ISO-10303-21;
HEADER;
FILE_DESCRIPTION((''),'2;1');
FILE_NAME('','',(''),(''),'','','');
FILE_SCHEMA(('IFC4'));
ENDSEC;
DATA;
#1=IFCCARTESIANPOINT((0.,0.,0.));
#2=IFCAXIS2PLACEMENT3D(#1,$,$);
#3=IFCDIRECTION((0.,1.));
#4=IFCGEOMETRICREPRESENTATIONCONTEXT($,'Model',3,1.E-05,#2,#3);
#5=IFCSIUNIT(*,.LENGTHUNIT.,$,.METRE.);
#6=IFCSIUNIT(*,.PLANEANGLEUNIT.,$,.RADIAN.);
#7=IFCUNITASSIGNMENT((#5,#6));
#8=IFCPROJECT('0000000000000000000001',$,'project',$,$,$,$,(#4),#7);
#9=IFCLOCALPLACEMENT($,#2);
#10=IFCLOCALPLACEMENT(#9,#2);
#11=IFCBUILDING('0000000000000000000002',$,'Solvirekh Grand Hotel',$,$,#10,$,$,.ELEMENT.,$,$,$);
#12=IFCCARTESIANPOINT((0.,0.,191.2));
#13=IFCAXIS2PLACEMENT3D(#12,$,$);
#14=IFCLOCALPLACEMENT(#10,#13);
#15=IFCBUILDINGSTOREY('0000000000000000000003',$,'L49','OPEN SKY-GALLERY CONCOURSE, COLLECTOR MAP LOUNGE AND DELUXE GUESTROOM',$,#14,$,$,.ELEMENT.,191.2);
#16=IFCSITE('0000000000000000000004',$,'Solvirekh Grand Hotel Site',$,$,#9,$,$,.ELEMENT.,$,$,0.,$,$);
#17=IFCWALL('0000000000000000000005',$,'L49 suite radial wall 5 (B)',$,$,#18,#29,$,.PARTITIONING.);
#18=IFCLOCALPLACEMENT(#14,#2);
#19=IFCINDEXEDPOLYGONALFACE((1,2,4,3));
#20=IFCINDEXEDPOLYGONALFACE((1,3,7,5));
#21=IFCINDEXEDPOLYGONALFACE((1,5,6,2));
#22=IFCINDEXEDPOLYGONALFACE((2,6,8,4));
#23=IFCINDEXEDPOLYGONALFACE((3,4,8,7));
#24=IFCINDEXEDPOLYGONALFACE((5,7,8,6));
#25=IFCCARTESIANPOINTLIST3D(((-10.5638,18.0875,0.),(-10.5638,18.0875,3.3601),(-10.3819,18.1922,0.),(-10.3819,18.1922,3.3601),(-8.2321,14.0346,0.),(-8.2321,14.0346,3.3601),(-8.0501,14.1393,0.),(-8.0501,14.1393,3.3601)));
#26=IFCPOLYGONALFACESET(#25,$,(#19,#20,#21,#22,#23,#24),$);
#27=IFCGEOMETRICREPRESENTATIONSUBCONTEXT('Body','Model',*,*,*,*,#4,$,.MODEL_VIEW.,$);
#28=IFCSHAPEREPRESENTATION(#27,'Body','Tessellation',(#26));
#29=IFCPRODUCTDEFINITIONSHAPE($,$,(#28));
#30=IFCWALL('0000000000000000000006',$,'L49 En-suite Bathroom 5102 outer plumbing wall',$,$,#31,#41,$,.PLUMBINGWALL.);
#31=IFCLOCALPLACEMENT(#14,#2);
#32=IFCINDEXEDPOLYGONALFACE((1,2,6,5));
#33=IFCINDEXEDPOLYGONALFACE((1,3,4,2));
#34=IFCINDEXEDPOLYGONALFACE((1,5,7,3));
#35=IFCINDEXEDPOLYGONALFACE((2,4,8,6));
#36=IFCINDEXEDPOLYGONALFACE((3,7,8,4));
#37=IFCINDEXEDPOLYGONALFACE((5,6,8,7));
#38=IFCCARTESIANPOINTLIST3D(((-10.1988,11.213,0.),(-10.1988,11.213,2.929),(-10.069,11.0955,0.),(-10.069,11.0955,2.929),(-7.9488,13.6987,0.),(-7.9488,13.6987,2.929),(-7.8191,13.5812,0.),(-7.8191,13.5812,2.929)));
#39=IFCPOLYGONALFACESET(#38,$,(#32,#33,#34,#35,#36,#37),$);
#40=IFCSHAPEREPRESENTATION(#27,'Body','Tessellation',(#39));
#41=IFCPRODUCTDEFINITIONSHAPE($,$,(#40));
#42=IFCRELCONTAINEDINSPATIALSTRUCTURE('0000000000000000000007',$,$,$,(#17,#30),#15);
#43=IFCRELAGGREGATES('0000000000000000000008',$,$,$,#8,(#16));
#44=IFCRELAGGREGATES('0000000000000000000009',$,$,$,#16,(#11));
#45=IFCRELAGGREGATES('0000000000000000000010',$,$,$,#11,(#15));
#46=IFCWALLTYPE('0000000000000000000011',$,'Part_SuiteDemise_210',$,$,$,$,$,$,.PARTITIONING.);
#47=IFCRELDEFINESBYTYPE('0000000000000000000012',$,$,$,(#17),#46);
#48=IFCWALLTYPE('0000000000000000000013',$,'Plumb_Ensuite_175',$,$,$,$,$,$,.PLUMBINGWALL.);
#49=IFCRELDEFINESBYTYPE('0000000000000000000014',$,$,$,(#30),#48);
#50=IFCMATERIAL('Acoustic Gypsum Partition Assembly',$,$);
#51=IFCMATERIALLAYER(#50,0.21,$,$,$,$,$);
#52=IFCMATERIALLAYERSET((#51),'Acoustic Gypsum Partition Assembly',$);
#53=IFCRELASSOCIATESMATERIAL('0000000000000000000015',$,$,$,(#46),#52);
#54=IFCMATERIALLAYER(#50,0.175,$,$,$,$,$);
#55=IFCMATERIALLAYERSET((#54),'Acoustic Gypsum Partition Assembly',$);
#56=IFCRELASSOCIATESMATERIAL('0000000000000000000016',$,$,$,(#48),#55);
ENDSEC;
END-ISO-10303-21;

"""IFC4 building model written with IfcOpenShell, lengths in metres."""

from ifc_helpers import new_model, si_unit, direction, frame, frame_2d, origin, place, context, subcontext, project, spatial, rectangle, extrude, material, layer, layer_set, type_object, element, save


model = new_model("IFC4")

# Units and contexts
model_context = context("Model", 3, precision=1e-05, world=origin(), true_north=direction((0.0, 1.0)))
body_context = subcontext(model_context, "Body", "Model", "MODEL_VIEW")
ifc_project = project(units=[si_unit("LENGTHUNIT", "METRE"), si_unit("PLANEANGLEUNIT", "RADIAN")], contexts=[model_context])

# Site, building, storey
site_placement = place(None, origin())
site = spatial("IfcSite", under=ifc_project, at=site_placement, Name="Solvirekh Grand Hotel Site", CompositionType="ELEMENT", RefElevation=0.0)
building_placement = place(site_placement, origin())
building = spatial("IfcBuilding", under=site, at=building_placement, Name="Solvirekh Grand Hotel", CompositionType="ELEMENT")
storey_placement = place(building_placement, frame((0.0, 0.0, 191.2)))
storey = spatial("IfcBuildingStorey", under=building, at=storey_placement, Name="L49", Description="OPEN SKY-GALLERY CONCOURSE, COLLECTOR MAP LOUNGE AND DELUXE GUESTROOM", CompositionType="ELEMENT", Elevation=191.2)

# Shared definitions
ifc_material_1 = material(Name="Acoustic Gypsum Partition Assembly")

# Walls
ifc_layer_1 = layer(ifc_material_1, 0.21)
ifc_layer_set_1 = layer_set([ifc_layer_1], Name="Acoustic Gypsum Partition Assembly")
wall_type_1 = type_object("IfcWallType", Name="Part_SuiteDemise_210", PredefinedType="PARTITIONING", material=ifc_layer_set_1)
wall_1_placement = place(storey_placement, frame((-8.1411, 14.0869, 0.0), z_axis=(0.0, 0.0, 1.0), x_axis=(-0.498684, 0.866784, 0.0)))
element("IfcWall", 1, at=wall_1_placement, inside=storey, type_object=wall_type_1, Name="L49 suite radial wall 5 (B)", PredefinedType="PARTITIONING", context=body_context, shape_type="SweptSolid", body=[
    extrude(rectangle(XDim=4.6758, YDim=0.21, at=frame_2d((2.3379, 0.0))), origin(), (0.0, 0.0, 1.0), 3.3601),
])
ifc_layer_2 = layer(ifc_material_1, 0.175)
ifc_layer_set_2 = layer_set([ifc_layer_2], Name="Acoustic Gypsum Partition Assembly")
wall_type_2 = type_object("IfcWallType", Name="Plumb_Ensuite_175", PredefinedType="PLUMBINGWALL", material=ifc_layer_set_2)
wall_2_placement = place(storey_placement, frame((-7.884, 13.6399, 0.0), z_axis=(0.0, 0.0, 1.0), x_axis=(-0.671062, -0.741401, 0.0)))
element("IfcWall", 2, at=wall_2_placement, inside=storey, type_object=wall_type_2, Name="L49 En-suite Bathroom 5102 outer plumbing wall", PredefinedType="PLUMBINGWALL", context=body_context, shape_type="SweptSolid", body=[
    extrude(rectangle(XDim=3.3528, YDim=0.175, at=frame_2d((1.6763, 0.0))), origin(), (0.0, 0.0, 1.0), 2.929),
])

save(model, "model.ifc")
